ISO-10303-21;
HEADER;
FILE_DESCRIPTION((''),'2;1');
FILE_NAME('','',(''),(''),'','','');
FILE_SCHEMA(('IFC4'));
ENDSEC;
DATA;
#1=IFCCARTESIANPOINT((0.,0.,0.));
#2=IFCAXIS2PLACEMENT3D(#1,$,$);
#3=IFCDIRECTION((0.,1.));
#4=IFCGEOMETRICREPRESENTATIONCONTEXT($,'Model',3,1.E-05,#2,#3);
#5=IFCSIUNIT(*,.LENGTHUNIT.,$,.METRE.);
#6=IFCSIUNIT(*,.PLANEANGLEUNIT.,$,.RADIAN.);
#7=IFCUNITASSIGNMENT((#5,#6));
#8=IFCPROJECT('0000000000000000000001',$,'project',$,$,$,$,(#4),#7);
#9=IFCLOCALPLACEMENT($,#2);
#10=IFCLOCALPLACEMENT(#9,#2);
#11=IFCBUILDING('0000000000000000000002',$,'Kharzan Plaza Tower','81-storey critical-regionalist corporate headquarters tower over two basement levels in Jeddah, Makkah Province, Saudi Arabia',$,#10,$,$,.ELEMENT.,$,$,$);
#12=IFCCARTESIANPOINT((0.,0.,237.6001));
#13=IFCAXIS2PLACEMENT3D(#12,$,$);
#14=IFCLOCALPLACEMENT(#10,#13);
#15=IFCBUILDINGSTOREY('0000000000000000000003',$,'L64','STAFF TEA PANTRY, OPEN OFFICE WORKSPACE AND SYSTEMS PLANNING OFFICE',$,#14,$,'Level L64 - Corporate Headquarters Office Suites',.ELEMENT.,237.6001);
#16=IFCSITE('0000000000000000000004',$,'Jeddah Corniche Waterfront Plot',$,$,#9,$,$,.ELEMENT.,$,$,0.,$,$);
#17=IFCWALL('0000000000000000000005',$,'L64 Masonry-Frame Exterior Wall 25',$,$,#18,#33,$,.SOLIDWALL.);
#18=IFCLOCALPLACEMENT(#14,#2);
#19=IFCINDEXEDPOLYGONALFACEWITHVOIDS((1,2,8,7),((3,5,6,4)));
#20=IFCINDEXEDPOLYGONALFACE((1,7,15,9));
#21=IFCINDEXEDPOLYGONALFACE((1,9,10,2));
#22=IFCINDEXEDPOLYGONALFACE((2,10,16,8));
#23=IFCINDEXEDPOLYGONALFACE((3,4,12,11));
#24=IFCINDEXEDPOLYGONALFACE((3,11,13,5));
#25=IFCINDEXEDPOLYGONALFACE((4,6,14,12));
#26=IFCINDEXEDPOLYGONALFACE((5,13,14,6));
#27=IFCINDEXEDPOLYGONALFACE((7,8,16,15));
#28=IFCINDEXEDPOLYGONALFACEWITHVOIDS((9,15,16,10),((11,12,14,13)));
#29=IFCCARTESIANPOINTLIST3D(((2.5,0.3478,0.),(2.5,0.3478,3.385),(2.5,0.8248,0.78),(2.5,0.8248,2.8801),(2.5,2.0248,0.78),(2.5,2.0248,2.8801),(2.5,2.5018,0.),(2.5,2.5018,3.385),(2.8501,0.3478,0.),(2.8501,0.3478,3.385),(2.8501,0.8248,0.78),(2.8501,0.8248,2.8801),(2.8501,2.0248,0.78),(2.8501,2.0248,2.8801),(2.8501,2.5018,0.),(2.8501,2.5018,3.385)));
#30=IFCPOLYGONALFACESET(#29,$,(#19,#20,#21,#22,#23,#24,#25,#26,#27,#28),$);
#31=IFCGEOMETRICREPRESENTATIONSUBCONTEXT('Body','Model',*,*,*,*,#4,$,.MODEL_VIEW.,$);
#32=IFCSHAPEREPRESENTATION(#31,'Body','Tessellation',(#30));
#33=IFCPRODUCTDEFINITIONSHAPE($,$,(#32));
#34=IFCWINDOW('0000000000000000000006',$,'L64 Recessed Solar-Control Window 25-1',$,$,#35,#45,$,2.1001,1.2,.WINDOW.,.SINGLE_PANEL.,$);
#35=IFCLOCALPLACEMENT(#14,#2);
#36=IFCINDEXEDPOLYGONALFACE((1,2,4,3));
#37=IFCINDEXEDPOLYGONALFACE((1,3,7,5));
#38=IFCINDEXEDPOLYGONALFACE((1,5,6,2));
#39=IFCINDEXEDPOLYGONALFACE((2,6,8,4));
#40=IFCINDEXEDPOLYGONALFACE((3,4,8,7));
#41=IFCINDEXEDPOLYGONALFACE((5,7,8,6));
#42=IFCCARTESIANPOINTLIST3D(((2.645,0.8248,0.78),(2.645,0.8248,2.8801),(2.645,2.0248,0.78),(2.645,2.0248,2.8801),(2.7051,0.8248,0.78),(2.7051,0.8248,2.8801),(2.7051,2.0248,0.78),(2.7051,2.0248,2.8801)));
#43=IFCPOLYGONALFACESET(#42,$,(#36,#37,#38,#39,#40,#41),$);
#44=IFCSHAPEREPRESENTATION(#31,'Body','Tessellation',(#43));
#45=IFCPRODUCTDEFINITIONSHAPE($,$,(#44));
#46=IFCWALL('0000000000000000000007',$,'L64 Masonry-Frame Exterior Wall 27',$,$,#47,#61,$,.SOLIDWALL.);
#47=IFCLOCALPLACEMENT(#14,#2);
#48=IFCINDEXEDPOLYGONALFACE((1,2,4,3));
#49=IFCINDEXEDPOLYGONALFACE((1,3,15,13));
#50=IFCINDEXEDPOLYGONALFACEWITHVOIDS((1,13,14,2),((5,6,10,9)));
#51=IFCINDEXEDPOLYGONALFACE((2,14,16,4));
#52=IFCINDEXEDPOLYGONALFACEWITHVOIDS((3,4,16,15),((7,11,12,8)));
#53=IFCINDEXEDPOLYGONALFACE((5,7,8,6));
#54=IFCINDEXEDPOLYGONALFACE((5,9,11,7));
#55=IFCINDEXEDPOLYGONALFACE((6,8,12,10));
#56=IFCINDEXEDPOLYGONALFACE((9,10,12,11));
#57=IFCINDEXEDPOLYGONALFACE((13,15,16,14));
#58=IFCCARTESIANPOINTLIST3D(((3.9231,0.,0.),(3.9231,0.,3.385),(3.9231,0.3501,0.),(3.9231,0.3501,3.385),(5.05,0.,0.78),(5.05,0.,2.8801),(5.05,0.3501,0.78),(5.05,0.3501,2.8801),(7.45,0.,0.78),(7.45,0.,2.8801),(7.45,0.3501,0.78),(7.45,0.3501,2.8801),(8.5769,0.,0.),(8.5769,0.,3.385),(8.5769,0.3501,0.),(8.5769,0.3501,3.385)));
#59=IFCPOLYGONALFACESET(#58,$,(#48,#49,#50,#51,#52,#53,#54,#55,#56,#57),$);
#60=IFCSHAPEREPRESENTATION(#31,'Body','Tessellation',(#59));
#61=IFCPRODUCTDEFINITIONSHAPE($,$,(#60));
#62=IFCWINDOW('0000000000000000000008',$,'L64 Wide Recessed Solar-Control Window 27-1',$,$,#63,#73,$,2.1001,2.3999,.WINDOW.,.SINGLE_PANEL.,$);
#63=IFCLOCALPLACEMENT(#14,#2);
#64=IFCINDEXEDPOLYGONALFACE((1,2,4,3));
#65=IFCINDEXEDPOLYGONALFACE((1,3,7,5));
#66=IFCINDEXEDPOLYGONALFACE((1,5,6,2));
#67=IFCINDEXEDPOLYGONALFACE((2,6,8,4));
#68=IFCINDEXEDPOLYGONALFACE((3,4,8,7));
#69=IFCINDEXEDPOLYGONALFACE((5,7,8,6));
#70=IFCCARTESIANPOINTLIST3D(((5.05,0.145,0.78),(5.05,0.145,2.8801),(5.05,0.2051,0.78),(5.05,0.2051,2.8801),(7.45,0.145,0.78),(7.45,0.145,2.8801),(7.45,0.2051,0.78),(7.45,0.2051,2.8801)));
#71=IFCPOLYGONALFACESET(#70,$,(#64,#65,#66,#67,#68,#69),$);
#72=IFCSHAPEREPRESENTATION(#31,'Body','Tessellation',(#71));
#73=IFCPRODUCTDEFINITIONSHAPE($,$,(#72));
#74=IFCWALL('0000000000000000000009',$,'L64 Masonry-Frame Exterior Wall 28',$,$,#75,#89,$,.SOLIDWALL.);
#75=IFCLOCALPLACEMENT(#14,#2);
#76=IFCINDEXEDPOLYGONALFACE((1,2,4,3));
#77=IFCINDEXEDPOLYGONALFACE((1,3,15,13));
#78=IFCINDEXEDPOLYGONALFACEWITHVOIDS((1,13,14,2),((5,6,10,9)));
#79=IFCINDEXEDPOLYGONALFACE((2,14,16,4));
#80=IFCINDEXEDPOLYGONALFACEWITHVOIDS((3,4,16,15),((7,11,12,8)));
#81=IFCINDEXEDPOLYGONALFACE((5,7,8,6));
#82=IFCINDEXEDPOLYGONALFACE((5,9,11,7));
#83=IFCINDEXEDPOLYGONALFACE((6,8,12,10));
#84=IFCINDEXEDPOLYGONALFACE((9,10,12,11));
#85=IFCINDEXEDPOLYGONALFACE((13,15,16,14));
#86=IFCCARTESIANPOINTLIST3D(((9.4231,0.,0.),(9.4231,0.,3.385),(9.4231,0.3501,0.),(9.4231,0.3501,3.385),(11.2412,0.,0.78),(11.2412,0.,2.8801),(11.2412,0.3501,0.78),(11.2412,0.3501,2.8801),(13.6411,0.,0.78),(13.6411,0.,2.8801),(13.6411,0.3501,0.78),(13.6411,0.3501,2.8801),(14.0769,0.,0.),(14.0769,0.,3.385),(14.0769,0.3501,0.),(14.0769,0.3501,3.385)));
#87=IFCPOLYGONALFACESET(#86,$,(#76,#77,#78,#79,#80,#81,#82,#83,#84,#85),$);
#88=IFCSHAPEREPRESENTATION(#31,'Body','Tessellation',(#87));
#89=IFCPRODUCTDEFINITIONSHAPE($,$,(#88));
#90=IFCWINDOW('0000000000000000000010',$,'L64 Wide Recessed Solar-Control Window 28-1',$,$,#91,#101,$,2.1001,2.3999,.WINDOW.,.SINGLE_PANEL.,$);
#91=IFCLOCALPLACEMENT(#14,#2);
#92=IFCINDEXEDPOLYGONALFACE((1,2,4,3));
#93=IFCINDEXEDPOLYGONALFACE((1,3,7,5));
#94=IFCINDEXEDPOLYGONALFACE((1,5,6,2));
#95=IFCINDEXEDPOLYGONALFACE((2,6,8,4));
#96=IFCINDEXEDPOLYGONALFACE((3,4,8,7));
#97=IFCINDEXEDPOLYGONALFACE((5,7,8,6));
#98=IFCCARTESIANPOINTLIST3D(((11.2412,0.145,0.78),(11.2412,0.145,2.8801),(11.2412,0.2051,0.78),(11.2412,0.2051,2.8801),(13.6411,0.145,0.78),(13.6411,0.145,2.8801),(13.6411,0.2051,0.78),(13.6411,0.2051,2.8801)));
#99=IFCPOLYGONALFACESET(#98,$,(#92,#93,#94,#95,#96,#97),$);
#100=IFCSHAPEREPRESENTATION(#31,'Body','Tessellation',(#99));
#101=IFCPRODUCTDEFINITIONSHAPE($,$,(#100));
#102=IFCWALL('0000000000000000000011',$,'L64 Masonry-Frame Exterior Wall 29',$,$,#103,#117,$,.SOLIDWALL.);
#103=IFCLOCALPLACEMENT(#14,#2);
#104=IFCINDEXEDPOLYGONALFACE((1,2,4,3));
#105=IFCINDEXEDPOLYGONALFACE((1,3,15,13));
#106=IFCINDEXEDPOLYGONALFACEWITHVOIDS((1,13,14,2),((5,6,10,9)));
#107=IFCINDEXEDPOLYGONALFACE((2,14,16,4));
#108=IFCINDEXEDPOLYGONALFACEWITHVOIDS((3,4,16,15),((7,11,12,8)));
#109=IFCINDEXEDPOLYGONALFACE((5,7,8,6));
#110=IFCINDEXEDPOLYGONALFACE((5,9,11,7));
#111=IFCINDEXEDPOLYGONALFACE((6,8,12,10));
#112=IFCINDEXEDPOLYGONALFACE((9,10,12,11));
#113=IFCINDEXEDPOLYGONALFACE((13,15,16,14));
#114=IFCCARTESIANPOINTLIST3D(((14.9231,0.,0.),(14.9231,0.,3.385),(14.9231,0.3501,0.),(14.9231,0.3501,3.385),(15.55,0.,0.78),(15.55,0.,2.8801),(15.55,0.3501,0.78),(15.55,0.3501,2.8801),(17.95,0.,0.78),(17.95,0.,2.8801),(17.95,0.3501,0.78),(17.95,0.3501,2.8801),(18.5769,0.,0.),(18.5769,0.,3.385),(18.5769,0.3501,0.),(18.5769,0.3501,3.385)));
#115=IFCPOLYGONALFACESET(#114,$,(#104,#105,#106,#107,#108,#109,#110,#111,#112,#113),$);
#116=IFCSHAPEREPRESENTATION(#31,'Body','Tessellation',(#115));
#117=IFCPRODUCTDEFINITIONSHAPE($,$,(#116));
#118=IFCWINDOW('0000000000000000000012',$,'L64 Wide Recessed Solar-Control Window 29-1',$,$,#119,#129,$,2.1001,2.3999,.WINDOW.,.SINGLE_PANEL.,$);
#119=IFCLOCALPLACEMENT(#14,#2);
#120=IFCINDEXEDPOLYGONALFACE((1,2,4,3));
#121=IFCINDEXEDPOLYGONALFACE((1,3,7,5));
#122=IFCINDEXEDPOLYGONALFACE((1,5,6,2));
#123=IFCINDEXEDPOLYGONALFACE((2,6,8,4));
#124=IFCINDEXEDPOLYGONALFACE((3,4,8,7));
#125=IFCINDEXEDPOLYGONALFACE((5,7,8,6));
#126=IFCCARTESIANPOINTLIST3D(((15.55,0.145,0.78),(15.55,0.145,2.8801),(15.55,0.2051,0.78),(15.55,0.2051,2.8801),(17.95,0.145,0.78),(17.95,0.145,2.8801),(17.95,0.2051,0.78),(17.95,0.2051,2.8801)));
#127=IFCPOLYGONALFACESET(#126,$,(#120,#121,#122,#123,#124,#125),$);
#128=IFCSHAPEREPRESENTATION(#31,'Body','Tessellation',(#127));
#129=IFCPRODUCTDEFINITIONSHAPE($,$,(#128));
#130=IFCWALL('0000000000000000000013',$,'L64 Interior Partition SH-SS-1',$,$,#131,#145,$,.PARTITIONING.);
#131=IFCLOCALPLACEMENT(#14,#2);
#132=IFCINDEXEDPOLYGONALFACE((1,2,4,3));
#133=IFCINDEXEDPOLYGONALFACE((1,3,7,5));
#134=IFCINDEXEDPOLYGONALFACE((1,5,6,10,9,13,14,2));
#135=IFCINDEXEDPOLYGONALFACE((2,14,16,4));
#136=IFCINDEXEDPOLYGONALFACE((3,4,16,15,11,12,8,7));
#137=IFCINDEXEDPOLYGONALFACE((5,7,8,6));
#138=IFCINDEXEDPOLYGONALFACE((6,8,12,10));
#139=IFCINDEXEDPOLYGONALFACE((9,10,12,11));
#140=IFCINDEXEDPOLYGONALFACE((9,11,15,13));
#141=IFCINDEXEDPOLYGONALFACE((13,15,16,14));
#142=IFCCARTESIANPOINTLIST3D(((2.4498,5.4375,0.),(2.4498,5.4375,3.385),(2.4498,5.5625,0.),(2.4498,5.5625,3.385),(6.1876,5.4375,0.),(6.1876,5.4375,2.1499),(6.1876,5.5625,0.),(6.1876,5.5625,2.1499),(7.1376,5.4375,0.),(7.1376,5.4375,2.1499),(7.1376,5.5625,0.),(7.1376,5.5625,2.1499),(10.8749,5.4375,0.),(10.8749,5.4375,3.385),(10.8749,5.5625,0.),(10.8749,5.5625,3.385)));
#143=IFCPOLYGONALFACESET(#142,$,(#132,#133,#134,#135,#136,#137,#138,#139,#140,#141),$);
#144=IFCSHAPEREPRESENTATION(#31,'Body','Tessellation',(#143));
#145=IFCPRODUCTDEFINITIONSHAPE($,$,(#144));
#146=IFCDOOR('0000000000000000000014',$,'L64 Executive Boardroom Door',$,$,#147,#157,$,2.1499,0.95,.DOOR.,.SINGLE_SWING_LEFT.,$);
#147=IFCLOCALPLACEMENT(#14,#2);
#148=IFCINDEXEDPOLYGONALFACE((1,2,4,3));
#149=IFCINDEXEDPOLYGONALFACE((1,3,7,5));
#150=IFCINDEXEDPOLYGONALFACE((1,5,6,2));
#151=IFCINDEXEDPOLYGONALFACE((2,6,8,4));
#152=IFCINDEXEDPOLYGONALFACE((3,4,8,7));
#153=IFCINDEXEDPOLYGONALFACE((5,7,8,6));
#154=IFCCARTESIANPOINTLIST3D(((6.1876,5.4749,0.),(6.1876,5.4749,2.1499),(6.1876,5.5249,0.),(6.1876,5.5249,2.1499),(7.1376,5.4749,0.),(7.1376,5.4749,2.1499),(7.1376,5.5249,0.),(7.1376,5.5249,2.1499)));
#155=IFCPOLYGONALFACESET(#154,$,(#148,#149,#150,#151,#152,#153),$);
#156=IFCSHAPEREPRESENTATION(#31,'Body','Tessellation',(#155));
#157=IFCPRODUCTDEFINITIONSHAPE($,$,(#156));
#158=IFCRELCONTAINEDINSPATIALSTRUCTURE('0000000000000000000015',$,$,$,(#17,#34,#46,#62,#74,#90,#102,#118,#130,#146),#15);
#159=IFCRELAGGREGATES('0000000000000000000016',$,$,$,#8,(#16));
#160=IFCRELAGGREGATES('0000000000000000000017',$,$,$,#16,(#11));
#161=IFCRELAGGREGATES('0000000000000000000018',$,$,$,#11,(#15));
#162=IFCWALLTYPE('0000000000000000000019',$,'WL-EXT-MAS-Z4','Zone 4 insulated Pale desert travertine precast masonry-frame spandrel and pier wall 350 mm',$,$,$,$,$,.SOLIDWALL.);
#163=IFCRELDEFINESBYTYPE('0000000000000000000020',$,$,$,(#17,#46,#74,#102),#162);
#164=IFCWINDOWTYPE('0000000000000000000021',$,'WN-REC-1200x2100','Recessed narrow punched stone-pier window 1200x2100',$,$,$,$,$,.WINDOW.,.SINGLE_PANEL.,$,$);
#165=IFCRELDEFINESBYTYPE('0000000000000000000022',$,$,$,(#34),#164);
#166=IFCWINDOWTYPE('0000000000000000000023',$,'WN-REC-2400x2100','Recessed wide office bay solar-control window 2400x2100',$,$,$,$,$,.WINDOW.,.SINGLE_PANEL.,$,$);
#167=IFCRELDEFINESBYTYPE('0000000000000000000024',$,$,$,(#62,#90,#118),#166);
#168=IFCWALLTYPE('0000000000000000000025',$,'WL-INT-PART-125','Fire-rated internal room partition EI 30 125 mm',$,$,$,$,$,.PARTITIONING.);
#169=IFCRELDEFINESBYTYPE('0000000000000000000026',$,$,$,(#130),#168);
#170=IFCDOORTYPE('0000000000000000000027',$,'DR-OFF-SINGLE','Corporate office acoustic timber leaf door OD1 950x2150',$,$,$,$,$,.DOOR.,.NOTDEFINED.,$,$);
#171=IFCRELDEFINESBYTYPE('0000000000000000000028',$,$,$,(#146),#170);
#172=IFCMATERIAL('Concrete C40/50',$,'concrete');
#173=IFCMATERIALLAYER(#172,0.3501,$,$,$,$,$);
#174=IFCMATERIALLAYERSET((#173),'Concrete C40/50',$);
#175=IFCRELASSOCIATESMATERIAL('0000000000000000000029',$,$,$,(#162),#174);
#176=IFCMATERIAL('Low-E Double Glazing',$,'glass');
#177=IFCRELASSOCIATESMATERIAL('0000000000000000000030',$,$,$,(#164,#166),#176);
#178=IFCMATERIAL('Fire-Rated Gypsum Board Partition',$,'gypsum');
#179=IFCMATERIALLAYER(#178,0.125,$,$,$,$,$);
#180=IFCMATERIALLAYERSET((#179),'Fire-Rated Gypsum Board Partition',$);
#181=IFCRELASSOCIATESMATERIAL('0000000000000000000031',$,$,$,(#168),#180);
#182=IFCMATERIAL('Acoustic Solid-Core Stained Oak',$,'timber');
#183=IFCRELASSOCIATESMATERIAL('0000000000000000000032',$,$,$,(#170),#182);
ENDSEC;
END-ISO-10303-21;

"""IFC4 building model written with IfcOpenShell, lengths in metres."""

from ifc_helpers import new_model, si_unit, direction, frame, frame_2d, origin, place, context, subcontext, project, spatial, rectangle, extrude, source, transform, mapped, material, layer, layer_set, type_object, element, fill, save


model = new_model("IFC4")

# Units and contexts
model_context = context("Model", 3, precision=1e-05, world=origin(), true_north=direction((0.0, 1.0)))
body_context = subcontext(model_context, "Body", "Model", "MODEL_VIEW")
ifc_project = project(units=[si_unit("LENGTHUNIT", "METRE"), si_unit("PLANEANGLEUNIT", "RADIAN")], contexts=[model_context])

# Site, building, storey
site_placement = place(None, origin())
site = spatial("IfcSite", under=ifc_project, at=site_placement, Name="Jeddah Corniche Waterfront Plot", CompositionType="ELEMENT", RefElevation=0.0)
building_placement = place(site_placement, origin())
building = spatial("IfcBuilding", under=site, at=building_placement, Name="Kharzan Plaza Tower", Description="81-storey critical-regionalist corporate headquarters tower over two basement levels in Jeddah, Makkah Province, Saudi Arabia", CompositionType="ELEMENT")
storey_placement = place(building_placement, frame((0.0, 0.0, 237.6001)))
storey = spatial("IfcBuildingStorey", under=building, at=storey_placement, Name="L64", Description="STAFF TEA PANTRY, OPEN OFFICE WORKSPACE AND SYSTEMS PLANNING OFFICE", LongName="Level L64 - Corporate Headquarters Office Suites", CompositionType="ELEMENT", Elevation=237.6001)

# Walls, openings, windows
ifc_material_1 = material(Name="Concrete C40/50", Category="concrete")
ifc_layer_1 = layer(ifc_material_1, 0.3501)
ifc_layer_set_1 = layer_set([ifc_layer_1], Name="Concrete C40/50")
wall_type_1 = type_object("IfcWallType", Name="WL-EXT-MAS-Z4", Description="Zone 4 insulated Pale desert travertine precast masonry-frame spandrel and pier wall 350 mm", PredefinedType="SOLIDWALL", material=ifc_layer_set_1)
wall_1_placement = place(storey_placement, frame((2.675, 2.502, 0.0), z_axis=(0.0, 0.0, 1.0), x_axis=(0.0, -1.0, 0.0)))
wall_1 = element("IfcWall", 1, at=wall_1_placement, inside=storey, type_object=wall_type_1, Name="L64 Masonry-Frame Exterior Wall 25", PredefinedType="SOLIDWALL", context=body_context, shape_type="SweptSolid", body=[
    extrude(rectangle(XDim=2.1541, YDim=0.3501, at=frame_2d((1.0771, 0.0))), origin(), (0.0, 0.0, 1.0), 3.385),
])
opening_1_placement = place(wall_1_placement, frame((0.4771, 0.0, 0.78)))
opening_1 = element("IfcOpeningElement", 2, at=opening_1_placement, cuts=wall_1, PredefinedType="OPENING", context=body_context, shape_type="SweptSolid", body=[
    extrude(rectangle(XDim=1.2, YDim=2.1001, at=frame_2d((0.6001, 1.05))), frame((0.0, 0.1851, 0.0), z_axis=(0.0, -1.0, 0.0), x_axis=(1.0, 0.0, 0.0)), (0.0, 0.0, 1.0), 0.3701),
])
ifc_material_2 = material(Name="Low-E Double Glazing", Category="glass")
window_type_1 = type_object("IfcWindowType", Name="WN-REC-1200x2100", Description="Recessed narrow punched stone-pier window 1200x2100", PartitioningType="SINGLE_PANEL", PredefinedType="WINDOW", material=ifc_material_2)
shared_shape_1 = source(origin(), body_context, "Body", "SweptSolid", [
    extrude(rectangle(XDim=1.2, YDim=2.1001, at=frame_2d((0.6001, 1.05))), frame((0.0, 0.03, 0.0), z_axis=(0.0, -1.0, 0.0), x_axis=(1.0, 0.0, 0.0)), (0.0, 0.0, 1.0), 0.0601),
])
window_1_placement = place(opening_1_placement, origin())
window_1 = element("IfcWindow", 3, at=window_1_placement, inside=storey, type_object=window_type_1, Name="L64 Recessed Solar-Control Window 25-1", OverallHeight=2.1001, OverallWidth=1.2, PartitioningType="SINGLE_PANEL", PredefinedType="WINDOW", context=body_context, shape_type="MappedRepresentation", body=[
    mapped(shared_shape_1, transform((0.0, 0.0, 0.0), x_axis=(1.0, 0.0, 0.0), y_axis=(0.0, 1.0, 0.0), z_axis=(0.0, 0.0, 1.0))),
])
fill(opening_1, window_1)
wall_2_placement = place(storey_placement, frame((3.9231, 0.175, 0.0), z_axis=(0.0, 0.0, 1.0), x_axis=(1.0, 0.0, 0.0)))
wall_2 = element("IfcWall", 4, at=wall_2_placement, inside=storey, type_object=wall_type_1, Name="L64 Masonry-Frame Exterior Wall 27", PredefinedType="SOLIDWALL", context=body_context, shape_type="SweptSolid", body=[
    extrude(rectangle(XDim=4.6538, YDim=0.3501, at=frame_2d((2.3269, 0.0))), origin(), (0.0, 0.0, 1.0), 3.385),
])
opening_2_placement = place(wall_2_placement, frame((1.127, 0.0, 0.78)))
opening_2 = element("IfcOpeningElement", 5, at=opening_2_placement, cuts=wall_2, PredefinedType="OPENING", context=body_context, shape_type="SweptSolid", body=[
    extrude(rectangle(XDim=2.3999, YDim=2.1001, at=frame_2d((1.2, 1.05))), frame((0.0, 0.1851, 0.0), z_axis=(0.0, -1.0, 0.0), x_axis=(1.0, 0.0, 0.0)), (0.0, 0.0, 1.0), 0.3701),
])
window_type_2 = type_object("IfcWindowType", Name="WN-REC-2400x2100", Description="Recessed wide office bay solar-control window 2400x2100", PartitioningType="SINGLE_PANEL", PredefinedType="WINDOW", material=ifc_material_2)
shared_shape_2 = source(origin(), body_context, "Body", "SweptSolid", [
    extrude(rectangle(XDim=2.3999, YDim=2.1001, at=frame_2d((1.2, 1.05))), frame((0.0, 0.03, 0.0), z_axis=(0.0, -1.0, 0.0), x_axis=(1.0, 0.0, 0.0)), (0.0, 0.0, 1.0), 0.0601),
])
window_2_placement = place(opening_2_placement, origin())
window_2 = element("IfcWindow", 6, at=window_2_placement, inside=storey, type_object=window_type_2, Name="L64 Wide Recessed Solar-Control Window 27-1", OverallHeight=2.1001, OverallWidth=2.3999, PartitioningType="SINGLE_PANEL", PredefinedType="WINDOW", context=body_context, shape_type="MappedRepresentation", body=[
    mapped(shared_shape_2, transform((0.0, 0.0, 0.0), x_axis=(1.0, 0.0, 0.0), y_axis=(0.0, 1.0, 0.0), z_axis=(0.0, 0.0, 1.0))),
])
fill(opening_2, window_2)
wall_3_placement = place(storey_placement, frame((9.4231, 0.175, 0.0), z_axis=(0.0, 0.0, 1.0), x_axis=(1.0, 0.0, 0.0)))
wall_3 = element("IfcWall", 7, at=wall_3_placement, inside=storey, type_object=wall_type_1, Name="L64 Masonry-Frame Exterior Wall 28", PredefinedType="SOLIDWALL", context=body_context, shape_type="SweptSolid", body=[
    extrude(rectangle(XDim=4.6538, YDim=0.3501, at=frame_2d((2.3269, 0.0))), origin(), (0.0, 0.0, 1.0), 3.385),
])
opening_3_placement = place(wall_3_placement, frame((1.8181, 0.0, 0.78)))
opening_3 = element("IfcOpeningElement", 8, at=opening_3_placement, cuts=wall_3, PredefinedType="OPENING", context=body_context, shape_type="SweptSolid", body=[
    extrude(rectangle(XDim=2.3999, YDim=2.1001, at=frame_2d((1.2, 1.05))), frame((0.0, 0.1851, 0.0), z_axis=(0.0, -1.0, 0.0), x_axis=(1.0, 0.0, 0.0)), (0.0, 0.0, 1.0), 0.3701),
])
window_3_placement = place(opening_3_placement, origin())
window_3 = element("IfcWindow", 9, at=window_3_placement, inside=storey, type_object=window_type_2, Name="L64 Wide Recessed Solar-Control Window 28-1", OverallHeight=2.1001, OverallWidth=2.3999, PartitioningType="SINGLE_PANEL", PredefinedType="WINDOW", context=body_context, shape_type="MappedRepresentation", body=[
    mapped(shared_shape_2, transform((0.0, 0.0, 0.0), x_axis=(1.0, 0.0, 0.0), y_axis=(0.0, 1.0, 0.0), z_axis=(0.0, 0.0, 1.0))),
])
fill(opening_3, window_3)
wall_4_placement = place(storey_placement, frame((14.9231, 0.175, 0.0), z_axis=(0.0, 0.0, 1.0), x_axis=(1.0, 0.0, 0.0)))
wall_4 = element("IfcWall", 10, at=wall_4_placement, inside=storey, type_object=wall_type_1, Name="L64 Masonry-Frame Exterior Wall 29", PredefinedType="SOLIDWALL", context=body_context, shape_type="SweptSolid", body=[
    extrude(rectangle(XDim=3.6538, YDim=0.3501, at=frame_2d((1.8269, 0.0))), origin(), (0.0, 0.0, 1.0), 3.385),
])
opening_4_placement = place(wall_4_placement, frame((0.627, 0.0, 0.78)))
opening_4 = element("IfcOpeningElement", 11, at=opening_4_placement, cuts=wall_4, PredefinedType="OPENING", context=body_context, shape_type="SweptSolid", body=[
    extrude(rectangle(XDim=2.3999, YDim=2.1001, at=frame_2d((1.2, 1.05))), frame((0.0, 0.1851, 0.0), z_axis=(0.0, -1.0, 0.0), x_axis=(1.0, 0.0, 0.0)), (0.0, 0.0, 1.0), 0.3701),
])
window_4_placement = place(opening_4_placement, origin())
window_4 = element("IfcWindow", 12, at=window_4_placement, inside=storey, type_object=window_type_2, Name="L64 Wide Recessed Solar-Control Window 29-1", OverallHeight=2.1001, OverallWidth=2.3999, PartitioningType="SINGLE_PANEL", PredefinedType="WINDOW", context=body_context, shape_type="MappedRepresentation", body=[
    mapped(shared_shape_2, transform((0.0, 0.0, 0.0), x_axis=(1.0, 0.0, 0.0), y_axis=(0.0, 1.0, 0.0), z_axis=(0.0, 0.0, 1.0))),
])
fill(opening_4, window_4)

# Wall, opening, door
ifc_material_3 = material(Name="Fire-Rated Gypsum Board Partition", Category="gypsum")
ifc_layer_2 = layer(ifc_material_3, 0.125)
ifc_layer_set_2 = layer_set([ifc_layer_2], Name="Fire-Rated Gypsum Board Partition")
wall_type_2 = type_object("IfcWallType", Name="WL-INT-PART-125", Description="Fire-rated internal room partition EI 30 125 mm", PredefinedType="PARTITIONING", material=ifc_layer_set_2)
wall_5_placement = place(storey_placement, frame((2.45, 5.5, 0.0), z_axis=(0.0, 0.0, 1.0), x_axis=(1.0, 0.0, 0.0)))
wall_5 = element("IfcWall", 13, at=wall_5_placement, inside=storey, type_object=wall_type_2, Name="L64 Interior Partition SH-SS-1", PredefinedType="PARTITIONING", context=body_context, shape_type="SweptSolid", body=[
    extrude(rectangle(XDim=8.425, YDim=0.125, at=frame_2d((4.2124, 0.0))), origin(), (0.0, 0.0, 1.0), 3.385),
])
opening_5_placement = place(wall_5_placement, frame((3.7375, 0.0, 0.0)))
opening_5 = element("IfcOpeningElement", 14, at=opening_5_placement, cuts=wall_5, PredefinedType="OPENING", context=body_context, shape_type="SweptSolid", body=[
    extrude(rectangle(XDim=0.95, YDim=2.1499, at=frame_2d((0.4751, 1.075))), frame((0.0, 0.0725, 0.0), z_axis=(0.0, -1.0, 0.0), x_axis=(1.0, 0.0, 0.0)), (0.0, 0.0, 1.0), 0.145),
])
ifc_material_4 = material(Name="Acoustic Solid-Core Stained Oak", Category="timber")
door_type = type_object("IfcDoorType", Name="DR-OFF-SINGLE", Description="Corporate office acoustic timber leaf door OD1 950x2150", OperationType="NOTDEFINED", PredefinedType="DOOR", material=ifc_material_4)
shared_shape_3 = source(origin(), body_context, "Body", "SweptSolid", [
    extrude(rectangle(XDim=0.95, YDim=2.1499, at=frame_2d((0.4751, 1.075))), frame((0.0, 0.0249, 0.0), z_axis=(0.0, -1.0, 0.0), x_axis=(1.0, 0.0, 0.0)), (0.0, 0.0, 1.0), 0.05),
])
door_1_placement = place(opening_5_placement, origin())
door_1 = element("IfcDoor", 15, at=door_1_placement, inside=storey, type_object=door_type, Name="L64 Executive Boardroom Door", OperationType="SINGLE_SWING_LEFT", OverallHeight=2.1499, OverallWidth=0.95, PredefinedType="DOOR", context=body_context, shape_type="MappedRepresentation", body=[
    mapped(shared_shape_3, transform((0.0, 0.0, 0.0), x_axis=(1.0, 0.0, 0.0), y_axis=(0.0, 1.0, 0.0), z_axis=(0.0, 0.0, 1.0))),
])
fill(opening_5, door_1)

save(model, "model.ifc")
